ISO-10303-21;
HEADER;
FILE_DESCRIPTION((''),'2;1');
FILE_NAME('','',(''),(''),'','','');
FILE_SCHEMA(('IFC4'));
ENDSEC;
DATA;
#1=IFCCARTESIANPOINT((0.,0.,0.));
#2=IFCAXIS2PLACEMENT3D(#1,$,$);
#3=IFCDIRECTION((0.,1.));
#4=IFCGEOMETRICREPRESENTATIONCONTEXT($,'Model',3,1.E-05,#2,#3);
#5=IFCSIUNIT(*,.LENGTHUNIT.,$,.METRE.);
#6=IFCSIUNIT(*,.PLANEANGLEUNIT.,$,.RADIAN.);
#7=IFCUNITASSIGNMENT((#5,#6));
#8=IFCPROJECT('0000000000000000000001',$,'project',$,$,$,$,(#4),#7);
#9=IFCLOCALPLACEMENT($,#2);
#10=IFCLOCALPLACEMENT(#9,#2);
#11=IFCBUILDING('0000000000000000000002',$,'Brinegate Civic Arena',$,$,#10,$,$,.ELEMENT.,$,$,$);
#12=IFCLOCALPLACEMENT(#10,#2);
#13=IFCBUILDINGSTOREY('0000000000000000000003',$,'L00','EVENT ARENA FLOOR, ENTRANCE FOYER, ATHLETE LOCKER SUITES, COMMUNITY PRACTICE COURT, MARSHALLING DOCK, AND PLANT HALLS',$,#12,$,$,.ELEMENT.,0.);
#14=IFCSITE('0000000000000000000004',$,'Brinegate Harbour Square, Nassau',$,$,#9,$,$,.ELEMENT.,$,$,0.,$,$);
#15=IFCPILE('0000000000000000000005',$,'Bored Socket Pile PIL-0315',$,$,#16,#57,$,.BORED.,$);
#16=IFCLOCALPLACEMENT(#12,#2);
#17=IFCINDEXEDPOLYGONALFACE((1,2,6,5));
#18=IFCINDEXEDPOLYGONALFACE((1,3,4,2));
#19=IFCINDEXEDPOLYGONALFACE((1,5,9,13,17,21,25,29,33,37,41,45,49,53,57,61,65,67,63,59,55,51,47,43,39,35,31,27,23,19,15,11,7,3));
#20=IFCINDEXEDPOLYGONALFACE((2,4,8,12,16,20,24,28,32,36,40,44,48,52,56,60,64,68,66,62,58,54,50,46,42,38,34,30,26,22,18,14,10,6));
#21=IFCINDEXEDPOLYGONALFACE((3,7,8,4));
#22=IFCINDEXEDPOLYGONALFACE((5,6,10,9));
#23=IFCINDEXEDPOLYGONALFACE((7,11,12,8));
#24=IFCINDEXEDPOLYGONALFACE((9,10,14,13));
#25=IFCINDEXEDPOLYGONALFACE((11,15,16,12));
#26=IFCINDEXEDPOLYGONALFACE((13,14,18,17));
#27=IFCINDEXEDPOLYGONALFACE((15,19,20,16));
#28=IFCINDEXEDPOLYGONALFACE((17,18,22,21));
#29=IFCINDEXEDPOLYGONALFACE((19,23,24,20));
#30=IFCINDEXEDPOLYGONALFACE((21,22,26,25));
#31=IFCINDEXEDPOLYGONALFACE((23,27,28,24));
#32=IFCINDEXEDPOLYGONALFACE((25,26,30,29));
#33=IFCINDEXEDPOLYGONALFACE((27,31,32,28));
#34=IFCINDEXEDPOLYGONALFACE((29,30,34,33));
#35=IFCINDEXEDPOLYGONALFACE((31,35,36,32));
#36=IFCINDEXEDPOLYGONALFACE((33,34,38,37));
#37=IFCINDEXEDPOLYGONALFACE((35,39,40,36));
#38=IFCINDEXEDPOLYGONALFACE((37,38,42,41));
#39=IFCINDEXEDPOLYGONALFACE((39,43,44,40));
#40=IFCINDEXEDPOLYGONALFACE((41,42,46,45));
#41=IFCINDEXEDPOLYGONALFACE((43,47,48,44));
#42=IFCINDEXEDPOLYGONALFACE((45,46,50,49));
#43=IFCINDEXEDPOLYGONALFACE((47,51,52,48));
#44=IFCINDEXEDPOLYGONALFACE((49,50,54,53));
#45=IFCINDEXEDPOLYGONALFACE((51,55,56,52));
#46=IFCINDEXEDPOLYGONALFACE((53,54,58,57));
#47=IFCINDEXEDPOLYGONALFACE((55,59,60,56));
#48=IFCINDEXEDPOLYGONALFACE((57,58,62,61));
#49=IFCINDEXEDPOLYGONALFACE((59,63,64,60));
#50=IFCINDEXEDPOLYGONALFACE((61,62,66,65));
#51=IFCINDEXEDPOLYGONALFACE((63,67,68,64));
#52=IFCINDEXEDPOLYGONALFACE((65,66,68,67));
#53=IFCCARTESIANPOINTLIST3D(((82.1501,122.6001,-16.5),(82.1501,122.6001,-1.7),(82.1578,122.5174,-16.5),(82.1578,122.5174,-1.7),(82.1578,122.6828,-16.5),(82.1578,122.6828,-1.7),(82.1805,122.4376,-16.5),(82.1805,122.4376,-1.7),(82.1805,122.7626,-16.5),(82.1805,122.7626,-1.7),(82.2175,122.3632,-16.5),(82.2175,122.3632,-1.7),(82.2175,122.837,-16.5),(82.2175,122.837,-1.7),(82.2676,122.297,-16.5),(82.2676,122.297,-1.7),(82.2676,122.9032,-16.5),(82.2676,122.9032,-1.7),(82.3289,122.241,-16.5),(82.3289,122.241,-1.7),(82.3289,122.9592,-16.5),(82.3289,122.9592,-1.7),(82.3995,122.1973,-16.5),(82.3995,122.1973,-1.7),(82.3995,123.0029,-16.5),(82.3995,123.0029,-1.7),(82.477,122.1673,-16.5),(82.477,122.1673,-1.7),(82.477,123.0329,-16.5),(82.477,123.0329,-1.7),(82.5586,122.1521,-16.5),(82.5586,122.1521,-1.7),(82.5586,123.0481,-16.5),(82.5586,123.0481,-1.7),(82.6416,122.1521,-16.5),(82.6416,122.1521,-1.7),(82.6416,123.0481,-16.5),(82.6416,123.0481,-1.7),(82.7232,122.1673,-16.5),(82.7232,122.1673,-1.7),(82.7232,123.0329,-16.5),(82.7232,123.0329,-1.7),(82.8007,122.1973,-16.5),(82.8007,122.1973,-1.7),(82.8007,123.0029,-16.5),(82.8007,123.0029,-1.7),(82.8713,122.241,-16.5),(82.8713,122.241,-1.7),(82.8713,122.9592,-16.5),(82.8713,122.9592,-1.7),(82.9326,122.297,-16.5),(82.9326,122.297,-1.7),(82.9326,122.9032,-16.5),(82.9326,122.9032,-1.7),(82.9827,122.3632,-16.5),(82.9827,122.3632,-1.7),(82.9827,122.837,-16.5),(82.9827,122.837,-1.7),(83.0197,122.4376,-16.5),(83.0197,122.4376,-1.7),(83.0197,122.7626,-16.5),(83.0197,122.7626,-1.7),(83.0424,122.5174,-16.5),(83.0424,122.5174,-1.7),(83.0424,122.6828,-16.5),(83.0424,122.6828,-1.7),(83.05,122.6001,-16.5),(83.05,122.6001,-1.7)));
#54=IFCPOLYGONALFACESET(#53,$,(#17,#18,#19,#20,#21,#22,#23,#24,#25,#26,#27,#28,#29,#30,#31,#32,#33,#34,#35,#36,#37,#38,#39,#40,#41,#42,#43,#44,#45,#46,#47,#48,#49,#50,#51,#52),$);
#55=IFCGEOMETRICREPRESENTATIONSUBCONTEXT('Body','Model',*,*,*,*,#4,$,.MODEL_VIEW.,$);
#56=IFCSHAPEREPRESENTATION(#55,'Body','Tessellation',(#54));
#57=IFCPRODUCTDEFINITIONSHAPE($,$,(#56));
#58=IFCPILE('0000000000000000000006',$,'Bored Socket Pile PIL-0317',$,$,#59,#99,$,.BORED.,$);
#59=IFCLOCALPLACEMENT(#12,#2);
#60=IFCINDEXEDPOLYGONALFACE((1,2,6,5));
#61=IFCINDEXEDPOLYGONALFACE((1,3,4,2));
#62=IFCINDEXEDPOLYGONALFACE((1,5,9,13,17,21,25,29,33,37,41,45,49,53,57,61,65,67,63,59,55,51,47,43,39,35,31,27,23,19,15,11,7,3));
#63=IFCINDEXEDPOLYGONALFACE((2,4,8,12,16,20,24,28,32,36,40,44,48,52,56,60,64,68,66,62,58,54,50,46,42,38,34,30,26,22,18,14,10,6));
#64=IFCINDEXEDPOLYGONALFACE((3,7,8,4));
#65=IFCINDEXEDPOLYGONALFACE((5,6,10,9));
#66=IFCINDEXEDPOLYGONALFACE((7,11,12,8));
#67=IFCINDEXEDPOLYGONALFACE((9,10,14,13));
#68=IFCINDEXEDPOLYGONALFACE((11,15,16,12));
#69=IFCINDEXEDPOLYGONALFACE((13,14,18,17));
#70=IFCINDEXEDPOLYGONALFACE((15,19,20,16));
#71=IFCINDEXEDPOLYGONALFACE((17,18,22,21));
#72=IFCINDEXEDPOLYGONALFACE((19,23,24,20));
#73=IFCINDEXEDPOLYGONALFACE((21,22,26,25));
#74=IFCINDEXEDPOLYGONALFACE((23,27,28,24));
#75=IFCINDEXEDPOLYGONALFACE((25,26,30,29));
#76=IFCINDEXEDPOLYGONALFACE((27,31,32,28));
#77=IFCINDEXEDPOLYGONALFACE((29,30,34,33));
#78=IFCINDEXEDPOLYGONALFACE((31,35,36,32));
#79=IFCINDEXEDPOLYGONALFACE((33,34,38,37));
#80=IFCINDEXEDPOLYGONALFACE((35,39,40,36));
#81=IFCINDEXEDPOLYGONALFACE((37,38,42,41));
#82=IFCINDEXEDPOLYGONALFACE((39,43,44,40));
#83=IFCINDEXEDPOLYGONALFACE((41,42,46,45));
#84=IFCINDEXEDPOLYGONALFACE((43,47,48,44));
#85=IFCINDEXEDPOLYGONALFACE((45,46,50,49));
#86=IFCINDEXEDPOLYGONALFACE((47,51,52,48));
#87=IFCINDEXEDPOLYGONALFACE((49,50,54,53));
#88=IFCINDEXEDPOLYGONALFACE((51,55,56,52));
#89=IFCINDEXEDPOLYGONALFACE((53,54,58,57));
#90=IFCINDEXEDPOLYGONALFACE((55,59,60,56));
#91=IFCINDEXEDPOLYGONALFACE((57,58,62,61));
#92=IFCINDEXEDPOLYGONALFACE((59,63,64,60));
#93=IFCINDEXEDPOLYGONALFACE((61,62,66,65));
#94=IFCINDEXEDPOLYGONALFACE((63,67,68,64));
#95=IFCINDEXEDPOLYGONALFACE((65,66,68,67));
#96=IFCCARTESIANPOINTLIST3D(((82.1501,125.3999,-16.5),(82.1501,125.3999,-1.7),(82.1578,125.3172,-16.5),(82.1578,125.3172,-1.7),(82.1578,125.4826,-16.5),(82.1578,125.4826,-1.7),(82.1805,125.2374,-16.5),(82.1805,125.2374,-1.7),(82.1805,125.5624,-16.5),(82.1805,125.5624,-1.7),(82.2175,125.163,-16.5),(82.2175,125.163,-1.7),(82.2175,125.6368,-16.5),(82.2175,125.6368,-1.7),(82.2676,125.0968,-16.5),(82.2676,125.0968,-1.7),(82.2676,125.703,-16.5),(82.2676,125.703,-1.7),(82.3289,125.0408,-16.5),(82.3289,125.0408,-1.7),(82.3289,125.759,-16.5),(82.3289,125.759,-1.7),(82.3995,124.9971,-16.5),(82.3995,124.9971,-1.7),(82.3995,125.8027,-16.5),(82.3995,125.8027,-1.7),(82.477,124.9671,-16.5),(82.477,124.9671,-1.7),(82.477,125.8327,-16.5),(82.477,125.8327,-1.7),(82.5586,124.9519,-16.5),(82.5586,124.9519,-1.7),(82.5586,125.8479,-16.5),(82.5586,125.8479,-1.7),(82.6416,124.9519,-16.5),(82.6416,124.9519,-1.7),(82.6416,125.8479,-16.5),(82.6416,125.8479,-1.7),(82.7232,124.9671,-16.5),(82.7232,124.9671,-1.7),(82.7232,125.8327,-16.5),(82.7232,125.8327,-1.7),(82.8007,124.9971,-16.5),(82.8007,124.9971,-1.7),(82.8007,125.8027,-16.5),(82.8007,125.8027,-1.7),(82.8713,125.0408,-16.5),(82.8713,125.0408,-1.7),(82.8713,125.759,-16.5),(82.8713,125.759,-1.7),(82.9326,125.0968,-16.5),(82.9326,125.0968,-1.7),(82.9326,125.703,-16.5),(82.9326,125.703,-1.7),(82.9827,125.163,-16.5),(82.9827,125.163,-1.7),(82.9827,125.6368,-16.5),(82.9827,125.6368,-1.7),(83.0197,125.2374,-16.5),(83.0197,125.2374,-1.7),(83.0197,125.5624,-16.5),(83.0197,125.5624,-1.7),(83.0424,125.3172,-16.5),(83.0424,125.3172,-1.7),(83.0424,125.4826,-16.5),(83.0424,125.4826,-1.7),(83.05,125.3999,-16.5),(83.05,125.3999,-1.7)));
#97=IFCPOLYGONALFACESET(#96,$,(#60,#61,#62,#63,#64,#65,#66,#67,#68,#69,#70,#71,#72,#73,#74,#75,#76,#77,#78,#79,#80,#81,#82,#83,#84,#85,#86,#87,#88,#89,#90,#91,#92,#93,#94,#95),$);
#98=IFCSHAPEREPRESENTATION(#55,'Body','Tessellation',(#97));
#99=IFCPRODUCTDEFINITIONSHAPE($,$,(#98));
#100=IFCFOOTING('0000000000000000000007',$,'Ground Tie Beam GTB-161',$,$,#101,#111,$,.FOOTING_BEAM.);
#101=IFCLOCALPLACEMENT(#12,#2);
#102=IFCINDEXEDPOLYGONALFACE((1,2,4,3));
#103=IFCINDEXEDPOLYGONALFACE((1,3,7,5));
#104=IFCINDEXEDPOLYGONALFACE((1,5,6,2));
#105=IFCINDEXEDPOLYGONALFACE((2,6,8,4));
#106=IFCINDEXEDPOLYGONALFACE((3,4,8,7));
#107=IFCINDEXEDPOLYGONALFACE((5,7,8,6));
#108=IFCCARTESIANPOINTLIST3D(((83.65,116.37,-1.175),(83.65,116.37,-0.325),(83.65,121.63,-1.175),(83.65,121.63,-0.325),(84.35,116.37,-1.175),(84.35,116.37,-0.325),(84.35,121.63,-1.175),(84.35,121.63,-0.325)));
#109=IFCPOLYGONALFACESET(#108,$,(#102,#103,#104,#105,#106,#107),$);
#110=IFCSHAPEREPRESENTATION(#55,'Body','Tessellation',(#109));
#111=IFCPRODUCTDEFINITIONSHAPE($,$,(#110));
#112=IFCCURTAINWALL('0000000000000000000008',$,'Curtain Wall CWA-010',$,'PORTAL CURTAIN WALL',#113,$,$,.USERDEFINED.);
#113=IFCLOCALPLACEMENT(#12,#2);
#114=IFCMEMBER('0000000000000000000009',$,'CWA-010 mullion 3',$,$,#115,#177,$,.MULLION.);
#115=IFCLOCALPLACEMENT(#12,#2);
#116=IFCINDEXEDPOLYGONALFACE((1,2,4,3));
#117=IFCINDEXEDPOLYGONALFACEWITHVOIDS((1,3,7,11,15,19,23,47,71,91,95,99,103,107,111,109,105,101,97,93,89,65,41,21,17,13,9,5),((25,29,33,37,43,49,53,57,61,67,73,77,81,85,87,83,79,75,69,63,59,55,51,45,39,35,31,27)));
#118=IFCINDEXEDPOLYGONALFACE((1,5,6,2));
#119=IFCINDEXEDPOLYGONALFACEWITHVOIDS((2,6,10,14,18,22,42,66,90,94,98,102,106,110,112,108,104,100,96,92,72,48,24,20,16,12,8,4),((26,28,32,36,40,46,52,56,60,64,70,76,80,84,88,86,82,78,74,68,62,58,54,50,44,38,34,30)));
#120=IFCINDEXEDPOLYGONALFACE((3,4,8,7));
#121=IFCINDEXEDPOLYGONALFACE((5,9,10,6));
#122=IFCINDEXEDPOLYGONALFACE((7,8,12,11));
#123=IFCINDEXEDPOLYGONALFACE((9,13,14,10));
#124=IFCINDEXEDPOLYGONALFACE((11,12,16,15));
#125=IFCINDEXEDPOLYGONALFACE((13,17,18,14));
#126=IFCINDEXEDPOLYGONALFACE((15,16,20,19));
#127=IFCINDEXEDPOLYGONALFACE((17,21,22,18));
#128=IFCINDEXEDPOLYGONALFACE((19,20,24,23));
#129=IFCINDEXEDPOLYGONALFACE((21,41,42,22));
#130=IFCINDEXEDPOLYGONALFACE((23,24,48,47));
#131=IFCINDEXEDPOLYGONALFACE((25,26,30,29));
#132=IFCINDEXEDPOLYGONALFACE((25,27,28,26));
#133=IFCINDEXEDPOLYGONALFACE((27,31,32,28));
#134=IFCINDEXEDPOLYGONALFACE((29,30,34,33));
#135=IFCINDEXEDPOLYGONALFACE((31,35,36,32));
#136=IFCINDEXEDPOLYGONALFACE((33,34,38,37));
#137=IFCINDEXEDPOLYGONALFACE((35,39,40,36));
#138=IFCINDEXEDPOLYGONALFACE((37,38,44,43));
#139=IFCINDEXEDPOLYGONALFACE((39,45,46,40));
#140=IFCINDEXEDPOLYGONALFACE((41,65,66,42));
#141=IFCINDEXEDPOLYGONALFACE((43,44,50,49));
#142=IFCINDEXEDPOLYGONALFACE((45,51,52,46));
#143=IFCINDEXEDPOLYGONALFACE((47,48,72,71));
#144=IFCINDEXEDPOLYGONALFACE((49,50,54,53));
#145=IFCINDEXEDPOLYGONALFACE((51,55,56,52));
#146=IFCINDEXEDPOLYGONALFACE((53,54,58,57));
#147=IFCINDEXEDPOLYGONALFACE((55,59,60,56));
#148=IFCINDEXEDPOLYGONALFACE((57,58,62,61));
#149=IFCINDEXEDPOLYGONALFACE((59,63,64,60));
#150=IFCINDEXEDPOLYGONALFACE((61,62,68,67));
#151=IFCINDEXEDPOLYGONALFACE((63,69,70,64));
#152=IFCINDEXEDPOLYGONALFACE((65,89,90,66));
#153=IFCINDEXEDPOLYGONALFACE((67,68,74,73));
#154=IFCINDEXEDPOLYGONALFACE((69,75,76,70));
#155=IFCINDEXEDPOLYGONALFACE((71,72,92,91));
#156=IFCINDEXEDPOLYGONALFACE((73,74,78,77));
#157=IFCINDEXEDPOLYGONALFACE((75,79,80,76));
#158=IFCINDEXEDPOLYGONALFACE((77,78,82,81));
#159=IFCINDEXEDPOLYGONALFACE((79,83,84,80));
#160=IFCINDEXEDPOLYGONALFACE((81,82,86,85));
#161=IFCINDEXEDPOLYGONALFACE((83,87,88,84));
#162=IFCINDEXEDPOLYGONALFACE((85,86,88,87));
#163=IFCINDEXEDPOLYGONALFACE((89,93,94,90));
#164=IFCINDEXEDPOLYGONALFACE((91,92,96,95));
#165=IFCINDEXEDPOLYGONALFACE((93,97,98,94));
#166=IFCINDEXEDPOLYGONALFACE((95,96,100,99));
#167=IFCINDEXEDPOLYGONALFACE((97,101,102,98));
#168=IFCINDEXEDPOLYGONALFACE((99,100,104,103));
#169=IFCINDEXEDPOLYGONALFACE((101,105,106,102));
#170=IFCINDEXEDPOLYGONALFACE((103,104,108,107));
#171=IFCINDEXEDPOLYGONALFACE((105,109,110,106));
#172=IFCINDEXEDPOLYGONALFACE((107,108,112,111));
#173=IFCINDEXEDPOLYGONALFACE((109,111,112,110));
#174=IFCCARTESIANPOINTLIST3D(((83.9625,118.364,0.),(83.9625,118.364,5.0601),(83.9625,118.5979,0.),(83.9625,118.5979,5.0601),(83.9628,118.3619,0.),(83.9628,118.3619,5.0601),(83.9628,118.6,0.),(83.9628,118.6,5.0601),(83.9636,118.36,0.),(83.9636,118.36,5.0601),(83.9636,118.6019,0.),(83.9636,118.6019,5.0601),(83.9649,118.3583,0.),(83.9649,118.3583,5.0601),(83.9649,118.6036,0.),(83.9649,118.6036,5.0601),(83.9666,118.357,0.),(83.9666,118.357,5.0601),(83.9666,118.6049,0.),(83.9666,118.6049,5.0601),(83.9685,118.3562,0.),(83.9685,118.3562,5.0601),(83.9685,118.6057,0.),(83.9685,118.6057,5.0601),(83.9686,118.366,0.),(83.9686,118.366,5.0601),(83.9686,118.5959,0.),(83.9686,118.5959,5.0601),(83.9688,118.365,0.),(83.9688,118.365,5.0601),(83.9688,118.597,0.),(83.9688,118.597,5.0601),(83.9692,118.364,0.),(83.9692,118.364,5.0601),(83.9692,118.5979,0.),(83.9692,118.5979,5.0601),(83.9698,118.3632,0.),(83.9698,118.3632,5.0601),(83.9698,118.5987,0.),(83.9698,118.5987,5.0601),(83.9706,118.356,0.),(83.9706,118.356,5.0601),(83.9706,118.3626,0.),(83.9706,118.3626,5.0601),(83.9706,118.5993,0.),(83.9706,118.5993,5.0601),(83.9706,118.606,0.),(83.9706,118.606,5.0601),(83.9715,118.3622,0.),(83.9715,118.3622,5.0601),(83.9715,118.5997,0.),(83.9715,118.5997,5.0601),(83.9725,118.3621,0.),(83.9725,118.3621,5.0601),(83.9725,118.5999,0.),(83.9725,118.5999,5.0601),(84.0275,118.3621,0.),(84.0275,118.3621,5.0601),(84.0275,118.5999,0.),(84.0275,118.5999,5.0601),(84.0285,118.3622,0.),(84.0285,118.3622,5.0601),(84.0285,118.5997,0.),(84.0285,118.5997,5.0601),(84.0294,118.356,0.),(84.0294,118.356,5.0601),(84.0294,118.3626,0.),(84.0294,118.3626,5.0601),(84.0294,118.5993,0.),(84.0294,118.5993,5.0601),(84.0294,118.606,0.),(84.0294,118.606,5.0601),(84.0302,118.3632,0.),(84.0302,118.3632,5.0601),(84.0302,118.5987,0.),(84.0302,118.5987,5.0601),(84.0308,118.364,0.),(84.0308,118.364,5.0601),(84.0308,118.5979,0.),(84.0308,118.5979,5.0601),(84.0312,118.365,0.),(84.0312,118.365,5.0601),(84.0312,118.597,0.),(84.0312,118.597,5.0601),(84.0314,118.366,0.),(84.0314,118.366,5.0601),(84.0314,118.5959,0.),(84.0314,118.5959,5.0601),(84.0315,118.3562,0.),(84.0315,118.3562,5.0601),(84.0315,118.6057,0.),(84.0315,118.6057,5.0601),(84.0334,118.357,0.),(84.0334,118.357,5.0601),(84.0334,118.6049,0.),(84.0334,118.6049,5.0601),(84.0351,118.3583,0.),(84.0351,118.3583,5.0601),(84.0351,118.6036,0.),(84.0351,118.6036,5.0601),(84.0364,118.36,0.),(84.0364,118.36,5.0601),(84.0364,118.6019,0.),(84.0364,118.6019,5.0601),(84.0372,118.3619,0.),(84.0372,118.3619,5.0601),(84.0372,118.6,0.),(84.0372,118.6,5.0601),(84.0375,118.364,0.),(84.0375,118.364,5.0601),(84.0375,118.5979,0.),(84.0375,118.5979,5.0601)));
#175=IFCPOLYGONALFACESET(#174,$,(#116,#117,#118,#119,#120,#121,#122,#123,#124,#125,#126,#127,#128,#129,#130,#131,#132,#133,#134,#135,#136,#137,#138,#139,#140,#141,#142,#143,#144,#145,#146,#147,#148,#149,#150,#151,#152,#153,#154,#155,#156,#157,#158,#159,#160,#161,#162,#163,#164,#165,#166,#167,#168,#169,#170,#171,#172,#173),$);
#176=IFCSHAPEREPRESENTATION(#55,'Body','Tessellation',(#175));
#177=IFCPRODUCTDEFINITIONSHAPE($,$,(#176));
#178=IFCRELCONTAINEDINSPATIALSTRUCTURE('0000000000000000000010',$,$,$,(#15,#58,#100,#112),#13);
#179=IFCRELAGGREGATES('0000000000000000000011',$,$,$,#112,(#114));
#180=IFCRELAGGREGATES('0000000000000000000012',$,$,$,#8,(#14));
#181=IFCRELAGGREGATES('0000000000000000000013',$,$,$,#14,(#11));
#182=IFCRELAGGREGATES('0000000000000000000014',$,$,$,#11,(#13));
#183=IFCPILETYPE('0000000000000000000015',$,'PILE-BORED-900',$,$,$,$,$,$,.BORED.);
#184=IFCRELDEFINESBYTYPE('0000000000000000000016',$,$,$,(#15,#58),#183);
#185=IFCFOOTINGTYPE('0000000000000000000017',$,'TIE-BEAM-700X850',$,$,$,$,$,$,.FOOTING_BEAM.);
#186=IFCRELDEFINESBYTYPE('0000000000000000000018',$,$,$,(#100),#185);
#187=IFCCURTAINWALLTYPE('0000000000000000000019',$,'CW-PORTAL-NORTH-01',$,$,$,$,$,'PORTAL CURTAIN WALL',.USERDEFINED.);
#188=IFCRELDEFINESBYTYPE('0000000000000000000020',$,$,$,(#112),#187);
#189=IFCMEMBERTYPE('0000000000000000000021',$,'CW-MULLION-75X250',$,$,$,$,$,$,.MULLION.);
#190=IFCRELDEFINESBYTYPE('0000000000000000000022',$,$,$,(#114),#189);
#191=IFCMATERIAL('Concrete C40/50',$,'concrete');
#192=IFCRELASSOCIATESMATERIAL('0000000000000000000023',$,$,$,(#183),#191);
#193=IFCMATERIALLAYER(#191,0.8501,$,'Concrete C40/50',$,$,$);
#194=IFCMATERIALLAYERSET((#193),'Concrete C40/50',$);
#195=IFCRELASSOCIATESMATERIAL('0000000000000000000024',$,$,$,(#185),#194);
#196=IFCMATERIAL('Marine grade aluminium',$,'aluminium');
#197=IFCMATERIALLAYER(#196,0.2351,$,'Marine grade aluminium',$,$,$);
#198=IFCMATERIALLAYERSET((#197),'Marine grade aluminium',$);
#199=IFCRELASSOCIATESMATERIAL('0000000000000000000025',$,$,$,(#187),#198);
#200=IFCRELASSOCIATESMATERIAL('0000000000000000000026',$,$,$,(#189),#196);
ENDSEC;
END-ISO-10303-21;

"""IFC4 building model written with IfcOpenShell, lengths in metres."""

from ifc_helpers import new_model, si_unit, direction, frame, origin, origin_2d, place, context, subcontext, project, spatial, rectangle, hollow_rectangle, circle, extrude, material, layer, layer_set, material_profile, profile_set, type_object, element, aggregate, save


model = new_model("IFC4")

# Units and contexts
model_context = context("Model", 3, precision=1e-05, world=origin(), true_north=direction((0.0, 1.0)))
body_context = subcontext(model_context, "Body", "Model", "MODEL_VIEW")
ifc_project = project(units=[si_unit("LENGTHUNIT", "METRE"), si_unit("PLANEANGLEUNIT", "RADIAN")], contexts=[model_context])

# Site, building, storey
site_placement = place(None, origin())
site = spatial("IfcSite", under=ifc_project, at=site_placement, Name="Brinegate Harbour Square, Nassau", CompositionType="ELEMENT", RefElevation=0.0)
building_placement = place(site_placement, origin())
building = spatial("IfcBuilding", under=site, at=building_placement, Name="Brinegate Civic Arena", CompositionType="ELEMENT")
storey_placement = place(building_placement, origin())
storey = spatial("IfcBuildingStorey", under=building, at=storey_placement, Name="L00", Description="EVENT ARENA FLOOR, ENTRANCE FOYER, ATHLETE LOCKER SUITES, COMMUNITY PRACTICE COURT, MARSHALLING DOCK, AND PLANT HALLS", CompositionType="ELEMENT", Elevation=0.0)

# Piles
ifc_material_1 = material(Name="Concrete C40/50", Category="concrete")
ifc_material_profile_1 = material_profile(ifc_material_1, circle(Radius=0.45, at=origin_2d()), Name="PILED900")
ifc_profile_set_1 = profile_set([ifc_material_profile_1], Name="Concrete C40/50")
pile_type = type_object("IfcPileType", Name="PILE-BORED-900", PredefinedType="BORED", material=ifc_profile_set_1)
for number, where, z_axis, x_axis, name in (
    (1, (82.6001, 122.6001, -1.7), (0.0, 0.0, -1.0), (1.0, 0.0, 0.0), "Bored Socket Pile PIL-0315"),
    (2, (82.6001, 125.3999, -1.7), (0.0, 0.0, -1.0), (1.0, 0.0, 0.0), "Bored Socket Pile PIL-0317"),
):
    element("IfcPile", number, at=place(storey_placement, frame(where, z_axis=z_axis, x_axis=x_axis)), inside=storey, type_object=pile_type, Name=name, PredefinedType="BORED", context=body_context, shape_type="SweptSolid", body=[
        extrude(circle(Radius=0.45, at=origin_2d()), origin(), (0.0, 0.0, 1.0), 14.8),
    ])

# Footing
ifc_layer_1 = layer(ifc_material_1, 0.8501, Name="Concrete C40/50")
ifc_layer_set_1 = layer_set([ifc_layer_1], Name="Concrete C40/50")
footing_type = type_object("IfcFootingType", Name="TIE-BEAM-700X850", PredefinedType="FOOTING_BEAM", material=ifc_layer_set_1)
footing_placement = place(storey_placement, frame((84.0, 119.0, -1.175), z_axis=(0.0, 0.0, 1.0), x_axis=(0.0, 1.0, 0.0)))
element("IfcFooting", 3, at=footing_placement, inside=storey, type_object=footing_type, Name="Ground Tie Beam GTB-161", PredefinedType="FOOTING_BEAM", context=body_context, shape_type="SweptSolid", body=[
    extrude(rectangle(XDim=5.26, YDim=0.7, at=origin_2d()), origin(), (0.0, 0.0, 1.0), 0.8501),
])

# Curtain wall, member
ifc_material_2 = material(Name="Marine grade aluminium", Category="aluminium")
ifc_layer_2 = layer(ifc_material_2, 0.2351, Name="Marine grade aluminium")
ifc_layer_set_2 = layer_set([ifc_layer_2], Name="Marine grade aluminium")
curtain_wall_type = type_object("IfcCurtainWallType", Name="CW-PORTAL-NORTH-01", ElementType="PORTAL CURTAIN WALL", PredefinedType="USERDEFINED", material=ifc_layer_set_2)
curtain_wall_placement = place(storey_placement, origin())
curtain_wall = element("IfcCurtainWall", 4, at=curtain_wall_placement, inside=storey, type_object=curtain_wall_type, Name="Curtain Wall CWA-010", ObjectType="PORTAL CURTAIN WALL", PredefinedType="USERDEFINED")
ifc_material_profile_2 = material_profile(ifc_material_2, hollow_rectangle(XDim=0.075, YDim=0.25, WallThickness=0.0061, InnerFilletRadius=0.0039, OuterFilletRadius=0.0081, at=origin_2d()), Name="MUL75X250")
ifc_profile_set_2 = profile_set([ifc_material_profile_2], Name="Marine grade aluminium")
member_type_1 = type_object("IfcMemberType", Name="CW-MULLION-75X250", PredefinedType="MULLION", material=ifc_profile_set_2)
member_1_placement = place(storey_placement, frame((84.0, 118.481, 0.0), z_axis=(0.0, 0.0, 1.0), x_axis=(-1.0, 0.0, 0.0)))
member_1 = element("IfcMember", 5, at=member_1_placement, type_object=member_type_1, Name="CWA-010 mullion 3", PredefinedType="MULLION", context=body_context, shape_type="SweptSolid", body=[
    extrude(hollow_rectangle(XDim=0.075, YDim=0.25, WallThickness=0.0061, InnerFilletRadius=0.0039, OuterFilletRadius=0.0081, at=origin_2d()), origin(), (0.0, 0.0, 1.0), 5.0601),
])
aggregate(curtain_wall, [member_1])

save(model, "model.ifc")
